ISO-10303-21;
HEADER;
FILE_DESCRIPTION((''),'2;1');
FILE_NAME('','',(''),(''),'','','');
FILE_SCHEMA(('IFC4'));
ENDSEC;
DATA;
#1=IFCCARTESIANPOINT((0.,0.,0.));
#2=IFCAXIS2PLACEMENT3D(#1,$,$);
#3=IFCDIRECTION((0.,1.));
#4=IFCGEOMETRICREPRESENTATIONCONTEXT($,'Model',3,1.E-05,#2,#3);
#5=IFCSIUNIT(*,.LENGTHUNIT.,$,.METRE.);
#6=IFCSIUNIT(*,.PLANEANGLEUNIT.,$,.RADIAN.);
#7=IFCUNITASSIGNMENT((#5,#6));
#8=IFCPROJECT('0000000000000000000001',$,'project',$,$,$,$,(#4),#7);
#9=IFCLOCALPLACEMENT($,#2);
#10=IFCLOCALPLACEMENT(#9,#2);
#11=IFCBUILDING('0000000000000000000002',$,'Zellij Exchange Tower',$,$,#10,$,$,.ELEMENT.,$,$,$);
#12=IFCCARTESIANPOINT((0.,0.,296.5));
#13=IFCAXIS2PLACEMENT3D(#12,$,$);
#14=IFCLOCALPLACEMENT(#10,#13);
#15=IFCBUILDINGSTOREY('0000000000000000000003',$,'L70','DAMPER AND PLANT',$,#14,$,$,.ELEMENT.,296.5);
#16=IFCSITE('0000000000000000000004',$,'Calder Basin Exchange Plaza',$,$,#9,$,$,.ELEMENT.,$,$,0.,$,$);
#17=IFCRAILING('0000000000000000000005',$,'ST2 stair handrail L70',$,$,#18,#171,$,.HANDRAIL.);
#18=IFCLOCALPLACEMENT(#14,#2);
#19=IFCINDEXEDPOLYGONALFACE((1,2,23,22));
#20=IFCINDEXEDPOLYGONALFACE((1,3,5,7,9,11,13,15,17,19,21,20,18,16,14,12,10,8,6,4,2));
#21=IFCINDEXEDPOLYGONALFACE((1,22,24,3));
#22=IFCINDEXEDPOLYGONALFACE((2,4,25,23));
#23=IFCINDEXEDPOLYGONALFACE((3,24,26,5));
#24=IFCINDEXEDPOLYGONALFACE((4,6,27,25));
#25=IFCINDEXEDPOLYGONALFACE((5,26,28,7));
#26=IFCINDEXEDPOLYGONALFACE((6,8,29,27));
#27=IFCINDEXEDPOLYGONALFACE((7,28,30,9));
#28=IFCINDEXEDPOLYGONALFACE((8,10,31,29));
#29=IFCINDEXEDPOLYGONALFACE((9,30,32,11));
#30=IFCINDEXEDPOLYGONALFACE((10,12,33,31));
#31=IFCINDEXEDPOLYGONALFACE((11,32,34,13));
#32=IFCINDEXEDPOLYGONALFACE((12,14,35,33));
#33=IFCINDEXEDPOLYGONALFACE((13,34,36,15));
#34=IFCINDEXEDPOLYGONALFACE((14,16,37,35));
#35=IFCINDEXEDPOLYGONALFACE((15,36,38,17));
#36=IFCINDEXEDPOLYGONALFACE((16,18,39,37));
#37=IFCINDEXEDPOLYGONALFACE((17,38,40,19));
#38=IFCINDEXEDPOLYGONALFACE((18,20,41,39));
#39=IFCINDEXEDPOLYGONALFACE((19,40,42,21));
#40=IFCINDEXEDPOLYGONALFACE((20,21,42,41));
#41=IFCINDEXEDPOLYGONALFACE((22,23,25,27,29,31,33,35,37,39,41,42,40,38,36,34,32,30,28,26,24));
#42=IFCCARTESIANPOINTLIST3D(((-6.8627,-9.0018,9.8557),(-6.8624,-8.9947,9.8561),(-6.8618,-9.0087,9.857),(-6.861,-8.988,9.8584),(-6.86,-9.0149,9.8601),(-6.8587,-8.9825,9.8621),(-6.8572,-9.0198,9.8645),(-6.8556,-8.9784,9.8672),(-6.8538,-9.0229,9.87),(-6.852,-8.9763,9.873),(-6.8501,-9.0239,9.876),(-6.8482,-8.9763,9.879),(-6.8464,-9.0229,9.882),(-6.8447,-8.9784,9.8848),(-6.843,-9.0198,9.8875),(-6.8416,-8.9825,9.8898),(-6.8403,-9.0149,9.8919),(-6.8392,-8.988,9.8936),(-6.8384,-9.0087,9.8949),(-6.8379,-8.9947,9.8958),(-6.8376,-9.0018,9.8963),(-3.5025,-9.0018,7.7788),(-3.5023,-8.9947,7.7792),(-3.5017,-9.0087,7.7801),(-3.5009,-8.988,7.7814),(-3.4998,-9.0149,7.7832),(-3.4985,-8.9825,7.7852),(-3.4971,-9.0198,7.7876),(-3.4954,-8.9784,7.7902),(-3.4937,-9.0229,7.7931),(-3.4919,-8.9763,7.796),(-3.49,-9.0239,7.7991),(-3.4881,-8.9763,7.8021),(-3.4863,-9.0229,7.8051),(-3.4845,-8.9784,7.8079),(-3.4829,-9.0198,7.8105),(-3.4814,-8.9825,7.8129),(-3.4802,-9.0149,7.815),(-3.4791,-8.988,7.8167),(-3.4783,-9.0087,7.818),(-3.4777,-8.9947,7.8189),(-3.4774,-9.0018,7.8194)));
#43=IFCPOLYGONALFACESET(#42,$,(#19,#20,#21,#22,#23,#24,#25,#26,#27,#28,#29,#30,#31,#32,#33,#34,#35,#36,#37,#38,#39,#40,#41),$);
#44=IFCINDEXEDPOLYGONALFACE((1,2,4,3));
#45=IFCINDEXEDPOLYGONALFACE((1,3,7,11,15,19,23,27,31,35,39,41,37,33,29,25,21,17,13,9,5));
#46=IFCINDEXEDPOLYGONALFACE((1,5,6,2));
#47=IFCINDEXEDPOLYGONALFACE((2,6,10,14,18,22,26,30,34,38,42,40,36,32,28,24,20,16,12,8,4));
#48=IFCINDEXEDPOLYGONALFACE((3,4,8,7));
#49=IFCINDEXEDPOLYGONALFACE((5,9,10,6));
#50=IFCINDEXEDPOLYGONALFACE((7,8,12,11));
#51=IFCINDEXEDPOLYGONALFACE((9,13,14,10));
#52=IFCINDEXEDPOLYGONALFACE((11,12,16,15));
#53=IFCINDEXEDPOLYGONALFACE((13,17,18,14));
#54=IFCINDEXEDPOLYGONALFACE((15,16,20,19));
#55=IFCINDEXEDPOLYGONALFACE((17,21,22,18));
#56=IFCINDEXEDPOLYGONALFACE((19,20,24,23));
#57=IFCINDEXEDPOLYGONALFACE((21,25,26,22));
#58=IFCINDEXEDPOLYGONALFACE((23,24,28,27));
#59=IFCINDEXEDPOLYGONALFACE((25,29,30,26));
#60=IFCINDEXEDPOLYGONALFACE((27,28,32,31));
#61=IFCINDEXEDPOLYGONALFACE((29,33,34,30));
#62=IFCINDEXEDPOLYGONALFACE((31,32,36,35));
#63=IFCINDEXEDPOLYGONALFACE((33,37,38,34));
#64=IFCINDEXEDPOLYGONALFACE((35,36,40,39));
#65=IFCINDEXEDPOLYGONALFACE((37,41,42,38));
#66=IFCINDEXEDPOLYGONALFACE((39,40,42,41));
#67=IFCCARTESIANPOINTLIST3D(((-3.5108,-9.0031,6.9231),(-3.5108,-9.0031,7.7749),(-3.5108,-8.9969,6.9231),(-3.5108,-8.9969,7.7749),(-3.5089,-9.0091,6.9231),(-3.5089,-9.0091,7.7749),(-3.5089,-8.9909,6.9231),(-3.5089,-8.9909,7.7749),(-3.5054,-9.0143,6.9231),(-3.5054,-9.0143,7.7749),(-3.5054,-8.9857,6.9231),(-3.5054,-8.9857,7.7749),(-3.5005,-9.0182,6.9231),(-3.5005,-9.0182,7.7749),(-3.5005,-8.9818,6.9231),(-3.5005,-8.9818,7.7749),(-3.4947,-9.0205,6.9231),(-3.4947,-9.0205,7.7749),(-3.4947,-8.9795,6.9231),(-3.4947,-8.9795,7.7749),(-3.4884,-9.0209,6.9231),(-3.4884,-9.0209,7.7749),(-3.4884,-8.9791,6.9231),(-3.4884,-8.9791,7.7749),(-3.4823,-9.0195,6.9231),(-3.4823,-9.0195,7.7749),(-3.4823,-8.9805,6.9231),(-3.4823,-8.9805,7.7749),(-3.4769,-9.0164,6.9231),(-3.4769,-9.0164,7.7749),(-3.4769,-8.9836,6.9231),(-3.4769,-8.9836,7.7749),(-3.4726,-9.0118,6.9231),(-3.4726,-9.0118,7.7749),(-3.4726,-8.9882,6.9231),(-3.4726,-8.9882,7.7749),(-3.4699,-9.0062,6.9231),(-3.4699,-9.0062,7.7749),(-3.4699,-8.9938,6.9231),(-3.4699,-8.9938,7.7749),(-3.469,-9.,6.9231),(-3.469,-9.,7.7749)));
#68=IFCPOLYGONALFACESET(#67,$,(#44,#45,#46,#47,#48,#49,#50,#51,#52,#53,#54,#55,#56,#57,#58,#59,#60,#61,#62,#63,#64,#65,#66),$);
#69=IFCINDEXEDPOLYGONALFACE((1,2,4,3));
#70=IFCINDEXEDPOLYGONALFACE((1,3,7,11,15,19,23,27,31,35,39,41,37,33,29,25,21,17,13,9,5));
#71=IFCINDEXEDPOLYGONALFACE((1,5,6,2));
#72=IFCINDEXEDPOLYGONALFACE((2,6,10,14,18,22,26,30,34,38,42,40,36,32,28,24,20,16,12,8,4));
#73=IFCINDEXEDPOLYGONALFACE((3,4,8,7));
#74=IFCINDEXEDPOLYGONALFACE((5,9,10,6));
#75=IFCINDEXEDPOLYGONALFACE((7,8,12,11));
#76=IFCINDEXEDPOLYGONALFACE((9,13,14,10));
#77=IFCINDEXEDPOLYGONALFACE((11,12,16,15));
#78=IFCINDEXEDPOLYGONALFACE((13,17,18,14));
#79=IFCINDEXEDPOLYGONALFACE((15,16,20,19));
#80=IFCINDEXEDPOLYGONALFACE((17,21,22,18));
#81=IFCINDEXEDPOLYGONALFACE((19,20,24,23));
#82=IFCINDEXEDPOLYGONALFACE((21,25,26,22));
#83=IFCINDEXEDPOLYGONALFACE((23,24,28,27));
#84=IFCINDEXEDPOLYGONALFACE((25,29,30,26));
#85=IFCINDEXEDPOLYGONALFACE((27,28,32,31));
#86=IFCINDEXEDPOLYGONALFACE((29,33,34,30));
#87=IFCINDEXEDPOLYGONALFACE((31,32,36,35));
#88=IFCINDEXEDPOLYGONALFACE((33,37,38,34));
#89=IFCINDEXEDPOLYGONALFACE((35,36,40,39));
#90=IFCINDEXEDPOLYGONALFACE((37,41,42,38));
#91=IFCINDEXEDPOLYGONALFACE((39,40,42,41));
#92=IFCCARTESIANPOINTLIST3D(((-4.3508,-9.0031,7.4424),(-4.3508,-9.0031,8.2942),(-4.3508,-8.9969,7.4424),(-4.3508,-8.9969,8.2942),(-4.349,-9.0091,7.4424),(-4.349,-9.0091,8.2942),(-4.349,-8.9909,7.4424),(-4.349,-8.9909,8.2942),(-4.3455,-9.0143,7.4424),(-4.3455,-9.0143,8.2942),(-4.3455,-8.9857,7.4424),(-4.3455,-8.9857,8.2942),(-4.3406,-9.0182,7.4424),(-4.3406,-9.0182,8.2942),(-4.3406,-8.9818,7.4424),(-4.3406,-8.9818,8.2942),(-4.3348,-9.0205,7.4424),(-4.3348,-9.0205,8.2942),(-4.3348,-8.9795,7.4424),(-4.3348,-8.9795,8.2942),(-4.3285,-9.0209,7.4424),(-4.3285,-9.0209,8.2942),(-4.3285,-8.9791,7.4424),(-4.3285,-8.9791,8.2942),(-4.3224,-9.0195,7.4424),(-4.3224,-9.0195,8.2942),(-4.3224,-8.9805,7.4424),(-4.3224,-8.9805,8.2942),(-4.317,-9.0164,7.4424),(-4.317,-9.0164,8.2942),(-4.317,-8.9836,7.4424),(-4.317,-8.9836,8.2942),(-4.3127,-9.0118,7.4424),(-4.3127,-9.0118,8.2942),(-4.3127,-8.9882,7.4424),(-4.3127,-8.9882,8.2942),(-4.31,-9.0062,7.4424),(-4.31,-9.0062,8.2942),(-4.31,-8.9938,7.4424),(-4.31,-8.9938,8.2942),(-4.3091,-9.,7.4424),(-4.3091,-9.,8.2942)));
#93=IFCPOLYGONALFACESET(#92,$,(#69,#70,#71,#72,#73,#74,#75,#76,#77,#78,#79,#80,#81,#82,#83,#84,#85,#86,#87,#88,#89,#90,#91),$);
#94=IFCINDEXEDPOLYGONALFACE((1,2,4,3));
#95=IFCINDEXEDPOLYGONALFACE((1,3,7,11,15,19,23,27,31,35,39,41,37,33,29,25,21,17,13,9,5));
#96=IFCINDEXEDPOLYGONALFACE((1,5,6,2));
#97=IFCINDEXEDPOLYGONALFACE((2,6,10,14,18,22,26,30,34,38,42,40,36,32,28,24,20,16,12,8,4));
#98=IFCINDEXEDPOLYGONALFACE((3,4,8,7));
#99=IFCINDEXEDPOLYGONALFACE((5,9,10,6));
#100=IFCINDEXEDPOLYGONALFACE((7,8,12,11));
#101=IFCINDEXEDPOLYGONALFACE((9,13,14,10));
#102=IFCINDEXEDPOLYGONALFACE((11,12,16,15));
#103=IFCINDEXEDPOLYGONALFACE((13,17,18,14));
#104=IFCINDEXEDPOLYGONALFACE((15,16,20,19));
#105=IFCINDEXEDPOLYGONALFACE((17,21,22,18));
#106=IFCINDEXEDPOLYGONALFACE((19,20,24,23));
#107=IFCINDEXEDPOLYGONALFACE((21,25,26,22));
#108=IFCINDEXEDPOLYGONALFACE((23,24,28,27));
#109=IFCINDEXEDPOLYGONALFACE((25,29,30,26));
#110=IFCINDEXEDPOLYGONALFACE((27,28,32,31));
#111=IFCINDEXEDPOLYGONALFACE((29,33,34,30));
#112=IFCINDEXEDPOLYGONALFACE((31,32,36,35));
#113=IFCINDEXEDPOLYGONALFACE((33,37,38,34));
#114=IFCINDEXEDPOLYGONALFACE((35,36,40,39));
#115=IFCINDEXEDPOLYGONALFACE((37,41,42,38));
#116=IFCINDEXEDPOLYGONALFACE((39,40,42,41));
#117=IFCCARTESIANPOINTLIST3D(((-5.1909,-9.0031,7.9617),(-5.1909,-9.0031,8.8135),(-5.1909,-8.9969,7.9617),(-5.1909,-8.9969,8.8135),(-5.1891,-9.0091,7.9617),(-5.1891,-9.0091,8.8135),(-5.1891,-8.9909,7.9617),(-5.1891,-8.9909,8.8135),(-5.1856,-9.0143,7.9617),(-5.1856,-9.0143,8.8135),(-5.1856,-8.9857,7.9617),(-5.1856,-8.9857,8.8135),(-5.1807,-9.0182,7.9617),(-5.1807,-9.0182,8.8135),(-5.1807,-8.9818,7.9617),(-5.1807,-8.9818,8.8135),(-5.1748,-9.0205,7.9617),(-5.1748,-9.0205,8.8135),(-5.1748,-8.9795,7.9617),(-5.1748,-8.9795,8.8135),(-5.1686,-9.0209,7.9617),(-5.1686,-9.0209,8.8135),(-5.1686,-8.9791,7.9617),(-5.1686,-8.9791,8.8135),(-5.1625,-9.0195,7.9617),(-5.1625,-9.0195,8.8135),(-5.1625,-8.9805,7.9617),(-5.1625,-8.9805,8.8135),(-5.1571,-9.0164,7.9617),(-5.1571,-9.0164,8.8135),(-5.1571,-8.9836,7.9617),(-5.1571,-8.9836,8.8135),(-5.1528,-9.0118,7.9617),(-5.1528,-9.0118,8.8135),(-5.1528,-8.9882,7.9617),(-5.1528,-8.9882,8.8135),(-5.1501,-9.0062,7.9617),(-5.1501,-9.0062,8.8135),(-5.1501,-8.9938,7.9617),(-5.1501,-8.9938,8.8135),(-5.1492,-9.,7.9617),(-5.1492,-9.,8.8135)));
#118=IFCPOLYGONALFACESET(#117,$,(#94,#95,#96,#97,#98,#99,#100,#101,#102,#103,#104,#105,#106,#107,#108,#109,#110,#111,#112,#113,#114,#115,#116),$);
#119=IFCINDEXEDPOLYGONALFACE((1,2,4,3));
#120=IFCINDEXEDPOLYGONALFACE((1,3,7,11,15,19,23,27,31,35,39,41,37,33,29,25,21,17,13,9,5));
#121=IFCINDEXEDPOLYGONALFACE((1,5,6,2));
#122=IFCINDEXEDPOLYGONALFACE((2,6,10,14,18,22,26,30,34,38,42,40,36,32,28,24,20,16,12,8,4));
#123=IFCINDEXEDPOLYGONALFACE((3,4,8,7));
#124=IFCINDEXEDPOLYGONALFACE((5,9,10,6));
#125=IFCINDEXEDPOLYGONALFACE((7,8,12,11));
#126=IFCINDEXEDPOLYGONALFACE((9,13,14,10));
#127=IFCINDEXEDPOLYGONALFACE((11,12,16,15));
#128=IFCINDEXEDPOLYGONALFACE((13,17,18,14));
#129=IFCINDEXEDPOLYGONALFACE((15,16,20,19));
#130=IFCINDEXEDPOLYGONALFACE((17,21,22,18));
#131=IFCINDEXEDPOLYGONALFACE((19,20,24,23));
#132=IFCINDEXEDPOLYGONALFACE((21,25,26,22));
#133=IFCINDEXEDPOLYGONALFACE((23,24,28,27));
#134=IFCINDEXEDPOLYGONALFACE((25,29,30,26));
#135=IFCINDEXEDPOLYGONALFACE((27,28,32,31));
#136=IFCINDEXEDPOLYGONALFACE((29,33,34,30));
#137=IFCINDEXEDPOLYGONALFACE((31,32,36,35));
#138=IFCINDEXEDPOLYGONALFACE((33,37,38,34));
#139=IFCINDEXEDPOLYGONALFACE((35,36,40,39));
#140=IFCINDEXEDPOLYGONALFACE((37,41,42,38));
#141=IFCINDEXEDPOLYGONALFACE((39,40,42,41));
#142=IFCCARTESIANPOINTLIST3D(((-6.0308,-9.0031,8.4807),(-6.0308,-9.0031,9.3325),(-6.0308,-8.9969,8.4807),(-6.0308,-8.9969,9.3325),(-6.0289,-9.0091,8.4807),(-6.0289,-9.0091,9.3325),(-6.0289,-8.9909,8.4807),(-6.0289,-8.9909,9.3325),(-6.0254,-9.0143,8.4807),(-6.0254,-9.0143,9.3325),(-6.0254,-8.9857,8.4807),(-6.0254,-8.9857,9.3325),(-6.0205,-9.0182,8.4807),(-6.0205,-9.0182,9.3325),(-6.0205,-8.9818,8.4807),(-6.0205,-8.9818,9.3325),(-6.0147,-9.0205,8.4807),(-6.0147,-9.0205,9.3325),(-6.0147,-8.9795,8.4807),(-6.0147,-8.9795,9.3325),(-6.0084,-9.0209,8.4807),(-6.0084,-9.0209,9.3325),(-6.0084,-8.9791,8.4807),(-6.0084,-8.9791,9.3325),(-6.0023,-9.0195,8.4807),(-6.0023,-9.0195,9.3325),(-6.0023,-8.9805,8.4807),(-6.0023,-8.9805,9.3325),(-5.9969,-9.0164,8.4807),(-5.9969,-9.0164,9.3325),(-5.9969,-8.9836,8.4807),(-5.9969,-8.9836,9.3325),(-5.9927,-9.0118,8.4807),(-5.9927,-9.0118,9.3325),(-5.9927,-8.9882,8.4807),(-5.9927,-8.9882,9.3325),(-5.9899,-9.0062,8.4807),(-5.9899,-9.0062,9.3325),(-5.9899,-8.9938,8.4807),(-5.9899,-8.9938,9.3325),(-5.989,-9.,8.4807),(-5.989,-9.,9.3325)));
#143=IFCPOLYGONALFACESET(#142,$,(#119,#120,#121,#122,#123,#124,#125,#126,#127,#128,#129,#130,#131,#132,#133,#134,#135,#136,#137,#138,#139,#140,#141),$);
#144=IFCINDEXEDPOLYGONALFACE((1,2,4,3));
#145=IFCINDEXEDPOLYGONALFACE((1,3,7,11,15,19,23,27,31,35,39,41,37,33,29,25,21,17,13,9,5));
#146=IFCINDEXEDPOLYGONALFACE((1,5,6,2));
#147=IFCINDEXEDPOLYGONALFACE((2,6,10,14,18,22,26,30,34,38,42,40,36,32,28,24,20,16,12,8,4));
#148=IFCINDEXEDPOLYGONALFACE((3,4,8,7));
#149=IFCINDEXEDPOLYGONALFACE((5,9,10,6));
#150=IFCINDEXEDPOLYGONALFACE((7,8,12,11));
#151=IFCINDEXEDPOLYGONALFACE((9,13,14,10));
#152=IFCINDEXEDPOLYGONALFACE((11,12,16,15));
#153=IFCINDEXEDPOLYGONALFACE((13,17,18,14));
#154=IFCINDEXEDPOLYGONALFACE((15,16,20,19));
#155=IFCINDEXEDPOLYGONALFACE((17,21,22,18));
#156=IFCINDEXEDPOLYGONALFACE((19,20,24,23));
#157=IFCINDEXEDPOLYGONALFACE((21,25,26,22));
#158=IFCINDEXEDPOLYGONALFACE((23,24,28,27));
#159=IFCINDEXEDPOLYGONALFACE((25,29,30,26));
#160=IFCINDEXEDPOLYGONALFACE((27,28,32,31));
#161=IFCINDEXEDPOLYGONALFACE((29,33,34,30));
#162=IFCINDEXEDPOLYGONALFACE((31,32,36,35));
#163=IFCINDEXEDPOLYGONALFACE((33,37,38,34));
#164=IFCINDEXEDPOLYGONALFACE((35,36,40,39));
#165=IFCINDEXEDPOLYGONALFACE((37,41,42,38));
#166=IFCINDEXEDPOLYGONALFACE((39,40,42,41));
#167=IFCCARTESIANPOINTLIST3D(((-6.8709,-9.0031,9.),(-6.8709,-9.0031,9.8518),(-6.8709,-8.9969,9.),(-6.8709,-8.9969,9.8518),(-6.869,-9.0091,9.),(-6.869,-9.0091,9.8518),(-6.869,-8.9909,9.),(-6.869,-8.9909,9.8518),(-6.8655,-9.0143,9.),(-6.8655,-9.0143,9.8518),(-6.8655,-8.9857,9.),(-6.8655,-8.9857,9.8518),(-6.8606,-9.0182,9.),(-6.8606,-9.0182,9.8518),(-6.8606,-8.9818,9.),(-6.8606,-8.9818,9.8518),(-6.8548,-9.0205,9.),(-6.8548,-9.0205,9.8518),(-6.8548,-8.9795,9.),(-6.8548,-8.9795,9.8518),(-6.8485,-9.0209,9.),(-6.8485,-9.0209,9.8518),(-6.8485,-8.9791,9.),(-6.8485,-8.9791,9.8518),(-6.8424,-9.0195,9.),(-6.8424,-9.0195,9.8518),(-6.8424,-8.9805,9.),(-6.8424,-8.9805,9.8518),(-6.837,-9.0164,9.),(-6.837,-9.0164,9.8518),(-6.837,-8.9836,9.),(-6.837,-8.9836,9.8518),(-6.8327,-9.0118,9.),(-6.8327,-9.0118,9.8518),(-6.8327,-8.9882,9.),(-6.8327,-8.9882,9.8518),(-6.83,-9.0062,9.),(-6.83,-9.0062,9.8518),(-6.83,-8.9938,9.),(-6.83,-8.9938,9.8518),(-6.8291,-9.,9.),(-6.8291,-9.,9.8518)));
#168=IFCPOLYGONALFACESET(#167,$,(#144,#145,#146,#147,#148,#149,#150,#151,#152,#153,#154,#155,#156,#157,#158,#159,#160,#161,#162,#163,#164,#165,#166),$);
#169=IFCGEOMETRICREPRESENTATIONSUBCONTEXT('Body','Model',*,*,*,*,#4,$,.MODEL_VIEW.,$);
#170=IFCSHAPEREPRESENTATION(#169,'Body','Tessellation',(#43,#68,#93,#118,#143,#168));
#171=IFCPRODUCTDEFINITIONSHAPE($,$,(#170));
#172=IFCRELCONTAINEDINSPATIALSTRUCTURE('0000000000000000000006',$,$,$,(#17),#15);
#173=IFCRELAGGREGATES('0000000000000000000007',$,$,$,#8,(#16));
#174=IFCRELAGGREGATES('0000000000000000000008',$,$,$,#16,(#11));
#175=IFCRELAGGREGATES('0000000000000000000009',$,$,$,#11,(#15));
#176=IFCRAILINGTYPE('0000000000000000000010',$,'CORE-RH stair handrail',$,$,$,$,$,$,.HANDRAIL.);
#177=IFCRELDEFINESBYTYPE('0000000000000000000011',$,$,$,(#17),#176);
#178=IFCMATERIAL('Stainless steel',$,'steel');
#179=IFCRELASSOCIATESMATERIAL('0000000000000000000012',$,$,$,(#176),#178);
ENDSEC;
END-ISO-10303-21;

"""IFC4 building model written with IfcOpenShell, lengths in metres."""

from ifc_helpers import new_model, si_unit, direction, frame, origin, origin_2d, place, context, subcontext, project, spatial, circle, extrude, material, type_object, element, save


model = new_model("IFC4")

# Units and contexts
model_context = context("Model", 3, precision=1e-05, world=origin(), true_north=direction((0.0, 1.0)))
body_context = subcontext(model_context, "Body", "Model", "MODEL_VIEW")
ifc_project = project(units=[si_unit("LENGTHUNIT", "METRE"), si_unit("PLANEANGLEUNIT", "RADIAN")], contexts=[model_context])

# Site, building, storey
site_placement = place(None, origin())
site = spatial("IfcSite", under=ifc_project, at=site_placement, Name="Calder Basin Exchange Plaza", CompositionType="ELEMENT", RefElevation=0.0)
building_placement = place(site_placement, origin())
building = spatial("IfcBuilding", under=site, at=building_placement, Name="Zellij Exchange Tower", CompositionType="ELEMENT")
storey_placement = place(building_placement, frame((0.0, 0.0, 296.5)))
storey = spatial("IfcBuildingStorey", under=building, at=storey_placement, Name="L70", Description="DAMPER AND PLANT", CompositionType="ELEMENT", Elevation=296.5)

# Railing
ifc_material_1 = material(Name="Stainless steel", Category="steel")
railing_type_1 = type_object("IfcRailingType", Name="CORE-RH stair handrail", PredefinedType="HANDRAIL", material=ifc_material_1)
railing_1_placement = place(storey_placement, frame((-3.49, -9.0, 6.9231)))
element("IfcRailing", 1, at=railing_1_placement, inside=storey, type_object=railing_type_1, Name="ST2 stair handrail L70", PredefinedType="HANDRAIL", context=body_context, shape_type="SweptSolid", body=[
    extrude(circle(Radius=0.0239, at=origin_2d()), frame((0.0, 0.0, 0.876), z_axis=(-0.850623, 0.0, 0.525776), x_axis=(0.0, -1.0, 0.0)), (0.0, 0.0, 1.0), 3.9502),
    extrude(circle(Radius=0.021, at=origin_2d()), origin(), (0.0, 0.0, 1.0), 0.8518),
    extrude(circle(Radius=0.021, at=origin_2d()), frame((-0.8401, 0.0, 0.5193)), (0.0, 0.0, 1.0), 0.8518),
    extrude(circle(Radius=0.021, at=origin_2d()), frame((-1.6802, 0.0, 1.0386)), (0.0, 0.0, 1.0), 0.8518),
    extrude(circle(Radius=0.021, at=origin_2d()), frame((-2.52, 0.0, 1.5576)), (0.0, 0.0, 1.0), 0.8518),
    extrude(circle(Radius=0.021, at=origin_2d()), frame((-3.3601, 0.0, 2.0769)), (0.0, 0.0, 1.0), 0.8518),
])

save(model, "model.ifc")
